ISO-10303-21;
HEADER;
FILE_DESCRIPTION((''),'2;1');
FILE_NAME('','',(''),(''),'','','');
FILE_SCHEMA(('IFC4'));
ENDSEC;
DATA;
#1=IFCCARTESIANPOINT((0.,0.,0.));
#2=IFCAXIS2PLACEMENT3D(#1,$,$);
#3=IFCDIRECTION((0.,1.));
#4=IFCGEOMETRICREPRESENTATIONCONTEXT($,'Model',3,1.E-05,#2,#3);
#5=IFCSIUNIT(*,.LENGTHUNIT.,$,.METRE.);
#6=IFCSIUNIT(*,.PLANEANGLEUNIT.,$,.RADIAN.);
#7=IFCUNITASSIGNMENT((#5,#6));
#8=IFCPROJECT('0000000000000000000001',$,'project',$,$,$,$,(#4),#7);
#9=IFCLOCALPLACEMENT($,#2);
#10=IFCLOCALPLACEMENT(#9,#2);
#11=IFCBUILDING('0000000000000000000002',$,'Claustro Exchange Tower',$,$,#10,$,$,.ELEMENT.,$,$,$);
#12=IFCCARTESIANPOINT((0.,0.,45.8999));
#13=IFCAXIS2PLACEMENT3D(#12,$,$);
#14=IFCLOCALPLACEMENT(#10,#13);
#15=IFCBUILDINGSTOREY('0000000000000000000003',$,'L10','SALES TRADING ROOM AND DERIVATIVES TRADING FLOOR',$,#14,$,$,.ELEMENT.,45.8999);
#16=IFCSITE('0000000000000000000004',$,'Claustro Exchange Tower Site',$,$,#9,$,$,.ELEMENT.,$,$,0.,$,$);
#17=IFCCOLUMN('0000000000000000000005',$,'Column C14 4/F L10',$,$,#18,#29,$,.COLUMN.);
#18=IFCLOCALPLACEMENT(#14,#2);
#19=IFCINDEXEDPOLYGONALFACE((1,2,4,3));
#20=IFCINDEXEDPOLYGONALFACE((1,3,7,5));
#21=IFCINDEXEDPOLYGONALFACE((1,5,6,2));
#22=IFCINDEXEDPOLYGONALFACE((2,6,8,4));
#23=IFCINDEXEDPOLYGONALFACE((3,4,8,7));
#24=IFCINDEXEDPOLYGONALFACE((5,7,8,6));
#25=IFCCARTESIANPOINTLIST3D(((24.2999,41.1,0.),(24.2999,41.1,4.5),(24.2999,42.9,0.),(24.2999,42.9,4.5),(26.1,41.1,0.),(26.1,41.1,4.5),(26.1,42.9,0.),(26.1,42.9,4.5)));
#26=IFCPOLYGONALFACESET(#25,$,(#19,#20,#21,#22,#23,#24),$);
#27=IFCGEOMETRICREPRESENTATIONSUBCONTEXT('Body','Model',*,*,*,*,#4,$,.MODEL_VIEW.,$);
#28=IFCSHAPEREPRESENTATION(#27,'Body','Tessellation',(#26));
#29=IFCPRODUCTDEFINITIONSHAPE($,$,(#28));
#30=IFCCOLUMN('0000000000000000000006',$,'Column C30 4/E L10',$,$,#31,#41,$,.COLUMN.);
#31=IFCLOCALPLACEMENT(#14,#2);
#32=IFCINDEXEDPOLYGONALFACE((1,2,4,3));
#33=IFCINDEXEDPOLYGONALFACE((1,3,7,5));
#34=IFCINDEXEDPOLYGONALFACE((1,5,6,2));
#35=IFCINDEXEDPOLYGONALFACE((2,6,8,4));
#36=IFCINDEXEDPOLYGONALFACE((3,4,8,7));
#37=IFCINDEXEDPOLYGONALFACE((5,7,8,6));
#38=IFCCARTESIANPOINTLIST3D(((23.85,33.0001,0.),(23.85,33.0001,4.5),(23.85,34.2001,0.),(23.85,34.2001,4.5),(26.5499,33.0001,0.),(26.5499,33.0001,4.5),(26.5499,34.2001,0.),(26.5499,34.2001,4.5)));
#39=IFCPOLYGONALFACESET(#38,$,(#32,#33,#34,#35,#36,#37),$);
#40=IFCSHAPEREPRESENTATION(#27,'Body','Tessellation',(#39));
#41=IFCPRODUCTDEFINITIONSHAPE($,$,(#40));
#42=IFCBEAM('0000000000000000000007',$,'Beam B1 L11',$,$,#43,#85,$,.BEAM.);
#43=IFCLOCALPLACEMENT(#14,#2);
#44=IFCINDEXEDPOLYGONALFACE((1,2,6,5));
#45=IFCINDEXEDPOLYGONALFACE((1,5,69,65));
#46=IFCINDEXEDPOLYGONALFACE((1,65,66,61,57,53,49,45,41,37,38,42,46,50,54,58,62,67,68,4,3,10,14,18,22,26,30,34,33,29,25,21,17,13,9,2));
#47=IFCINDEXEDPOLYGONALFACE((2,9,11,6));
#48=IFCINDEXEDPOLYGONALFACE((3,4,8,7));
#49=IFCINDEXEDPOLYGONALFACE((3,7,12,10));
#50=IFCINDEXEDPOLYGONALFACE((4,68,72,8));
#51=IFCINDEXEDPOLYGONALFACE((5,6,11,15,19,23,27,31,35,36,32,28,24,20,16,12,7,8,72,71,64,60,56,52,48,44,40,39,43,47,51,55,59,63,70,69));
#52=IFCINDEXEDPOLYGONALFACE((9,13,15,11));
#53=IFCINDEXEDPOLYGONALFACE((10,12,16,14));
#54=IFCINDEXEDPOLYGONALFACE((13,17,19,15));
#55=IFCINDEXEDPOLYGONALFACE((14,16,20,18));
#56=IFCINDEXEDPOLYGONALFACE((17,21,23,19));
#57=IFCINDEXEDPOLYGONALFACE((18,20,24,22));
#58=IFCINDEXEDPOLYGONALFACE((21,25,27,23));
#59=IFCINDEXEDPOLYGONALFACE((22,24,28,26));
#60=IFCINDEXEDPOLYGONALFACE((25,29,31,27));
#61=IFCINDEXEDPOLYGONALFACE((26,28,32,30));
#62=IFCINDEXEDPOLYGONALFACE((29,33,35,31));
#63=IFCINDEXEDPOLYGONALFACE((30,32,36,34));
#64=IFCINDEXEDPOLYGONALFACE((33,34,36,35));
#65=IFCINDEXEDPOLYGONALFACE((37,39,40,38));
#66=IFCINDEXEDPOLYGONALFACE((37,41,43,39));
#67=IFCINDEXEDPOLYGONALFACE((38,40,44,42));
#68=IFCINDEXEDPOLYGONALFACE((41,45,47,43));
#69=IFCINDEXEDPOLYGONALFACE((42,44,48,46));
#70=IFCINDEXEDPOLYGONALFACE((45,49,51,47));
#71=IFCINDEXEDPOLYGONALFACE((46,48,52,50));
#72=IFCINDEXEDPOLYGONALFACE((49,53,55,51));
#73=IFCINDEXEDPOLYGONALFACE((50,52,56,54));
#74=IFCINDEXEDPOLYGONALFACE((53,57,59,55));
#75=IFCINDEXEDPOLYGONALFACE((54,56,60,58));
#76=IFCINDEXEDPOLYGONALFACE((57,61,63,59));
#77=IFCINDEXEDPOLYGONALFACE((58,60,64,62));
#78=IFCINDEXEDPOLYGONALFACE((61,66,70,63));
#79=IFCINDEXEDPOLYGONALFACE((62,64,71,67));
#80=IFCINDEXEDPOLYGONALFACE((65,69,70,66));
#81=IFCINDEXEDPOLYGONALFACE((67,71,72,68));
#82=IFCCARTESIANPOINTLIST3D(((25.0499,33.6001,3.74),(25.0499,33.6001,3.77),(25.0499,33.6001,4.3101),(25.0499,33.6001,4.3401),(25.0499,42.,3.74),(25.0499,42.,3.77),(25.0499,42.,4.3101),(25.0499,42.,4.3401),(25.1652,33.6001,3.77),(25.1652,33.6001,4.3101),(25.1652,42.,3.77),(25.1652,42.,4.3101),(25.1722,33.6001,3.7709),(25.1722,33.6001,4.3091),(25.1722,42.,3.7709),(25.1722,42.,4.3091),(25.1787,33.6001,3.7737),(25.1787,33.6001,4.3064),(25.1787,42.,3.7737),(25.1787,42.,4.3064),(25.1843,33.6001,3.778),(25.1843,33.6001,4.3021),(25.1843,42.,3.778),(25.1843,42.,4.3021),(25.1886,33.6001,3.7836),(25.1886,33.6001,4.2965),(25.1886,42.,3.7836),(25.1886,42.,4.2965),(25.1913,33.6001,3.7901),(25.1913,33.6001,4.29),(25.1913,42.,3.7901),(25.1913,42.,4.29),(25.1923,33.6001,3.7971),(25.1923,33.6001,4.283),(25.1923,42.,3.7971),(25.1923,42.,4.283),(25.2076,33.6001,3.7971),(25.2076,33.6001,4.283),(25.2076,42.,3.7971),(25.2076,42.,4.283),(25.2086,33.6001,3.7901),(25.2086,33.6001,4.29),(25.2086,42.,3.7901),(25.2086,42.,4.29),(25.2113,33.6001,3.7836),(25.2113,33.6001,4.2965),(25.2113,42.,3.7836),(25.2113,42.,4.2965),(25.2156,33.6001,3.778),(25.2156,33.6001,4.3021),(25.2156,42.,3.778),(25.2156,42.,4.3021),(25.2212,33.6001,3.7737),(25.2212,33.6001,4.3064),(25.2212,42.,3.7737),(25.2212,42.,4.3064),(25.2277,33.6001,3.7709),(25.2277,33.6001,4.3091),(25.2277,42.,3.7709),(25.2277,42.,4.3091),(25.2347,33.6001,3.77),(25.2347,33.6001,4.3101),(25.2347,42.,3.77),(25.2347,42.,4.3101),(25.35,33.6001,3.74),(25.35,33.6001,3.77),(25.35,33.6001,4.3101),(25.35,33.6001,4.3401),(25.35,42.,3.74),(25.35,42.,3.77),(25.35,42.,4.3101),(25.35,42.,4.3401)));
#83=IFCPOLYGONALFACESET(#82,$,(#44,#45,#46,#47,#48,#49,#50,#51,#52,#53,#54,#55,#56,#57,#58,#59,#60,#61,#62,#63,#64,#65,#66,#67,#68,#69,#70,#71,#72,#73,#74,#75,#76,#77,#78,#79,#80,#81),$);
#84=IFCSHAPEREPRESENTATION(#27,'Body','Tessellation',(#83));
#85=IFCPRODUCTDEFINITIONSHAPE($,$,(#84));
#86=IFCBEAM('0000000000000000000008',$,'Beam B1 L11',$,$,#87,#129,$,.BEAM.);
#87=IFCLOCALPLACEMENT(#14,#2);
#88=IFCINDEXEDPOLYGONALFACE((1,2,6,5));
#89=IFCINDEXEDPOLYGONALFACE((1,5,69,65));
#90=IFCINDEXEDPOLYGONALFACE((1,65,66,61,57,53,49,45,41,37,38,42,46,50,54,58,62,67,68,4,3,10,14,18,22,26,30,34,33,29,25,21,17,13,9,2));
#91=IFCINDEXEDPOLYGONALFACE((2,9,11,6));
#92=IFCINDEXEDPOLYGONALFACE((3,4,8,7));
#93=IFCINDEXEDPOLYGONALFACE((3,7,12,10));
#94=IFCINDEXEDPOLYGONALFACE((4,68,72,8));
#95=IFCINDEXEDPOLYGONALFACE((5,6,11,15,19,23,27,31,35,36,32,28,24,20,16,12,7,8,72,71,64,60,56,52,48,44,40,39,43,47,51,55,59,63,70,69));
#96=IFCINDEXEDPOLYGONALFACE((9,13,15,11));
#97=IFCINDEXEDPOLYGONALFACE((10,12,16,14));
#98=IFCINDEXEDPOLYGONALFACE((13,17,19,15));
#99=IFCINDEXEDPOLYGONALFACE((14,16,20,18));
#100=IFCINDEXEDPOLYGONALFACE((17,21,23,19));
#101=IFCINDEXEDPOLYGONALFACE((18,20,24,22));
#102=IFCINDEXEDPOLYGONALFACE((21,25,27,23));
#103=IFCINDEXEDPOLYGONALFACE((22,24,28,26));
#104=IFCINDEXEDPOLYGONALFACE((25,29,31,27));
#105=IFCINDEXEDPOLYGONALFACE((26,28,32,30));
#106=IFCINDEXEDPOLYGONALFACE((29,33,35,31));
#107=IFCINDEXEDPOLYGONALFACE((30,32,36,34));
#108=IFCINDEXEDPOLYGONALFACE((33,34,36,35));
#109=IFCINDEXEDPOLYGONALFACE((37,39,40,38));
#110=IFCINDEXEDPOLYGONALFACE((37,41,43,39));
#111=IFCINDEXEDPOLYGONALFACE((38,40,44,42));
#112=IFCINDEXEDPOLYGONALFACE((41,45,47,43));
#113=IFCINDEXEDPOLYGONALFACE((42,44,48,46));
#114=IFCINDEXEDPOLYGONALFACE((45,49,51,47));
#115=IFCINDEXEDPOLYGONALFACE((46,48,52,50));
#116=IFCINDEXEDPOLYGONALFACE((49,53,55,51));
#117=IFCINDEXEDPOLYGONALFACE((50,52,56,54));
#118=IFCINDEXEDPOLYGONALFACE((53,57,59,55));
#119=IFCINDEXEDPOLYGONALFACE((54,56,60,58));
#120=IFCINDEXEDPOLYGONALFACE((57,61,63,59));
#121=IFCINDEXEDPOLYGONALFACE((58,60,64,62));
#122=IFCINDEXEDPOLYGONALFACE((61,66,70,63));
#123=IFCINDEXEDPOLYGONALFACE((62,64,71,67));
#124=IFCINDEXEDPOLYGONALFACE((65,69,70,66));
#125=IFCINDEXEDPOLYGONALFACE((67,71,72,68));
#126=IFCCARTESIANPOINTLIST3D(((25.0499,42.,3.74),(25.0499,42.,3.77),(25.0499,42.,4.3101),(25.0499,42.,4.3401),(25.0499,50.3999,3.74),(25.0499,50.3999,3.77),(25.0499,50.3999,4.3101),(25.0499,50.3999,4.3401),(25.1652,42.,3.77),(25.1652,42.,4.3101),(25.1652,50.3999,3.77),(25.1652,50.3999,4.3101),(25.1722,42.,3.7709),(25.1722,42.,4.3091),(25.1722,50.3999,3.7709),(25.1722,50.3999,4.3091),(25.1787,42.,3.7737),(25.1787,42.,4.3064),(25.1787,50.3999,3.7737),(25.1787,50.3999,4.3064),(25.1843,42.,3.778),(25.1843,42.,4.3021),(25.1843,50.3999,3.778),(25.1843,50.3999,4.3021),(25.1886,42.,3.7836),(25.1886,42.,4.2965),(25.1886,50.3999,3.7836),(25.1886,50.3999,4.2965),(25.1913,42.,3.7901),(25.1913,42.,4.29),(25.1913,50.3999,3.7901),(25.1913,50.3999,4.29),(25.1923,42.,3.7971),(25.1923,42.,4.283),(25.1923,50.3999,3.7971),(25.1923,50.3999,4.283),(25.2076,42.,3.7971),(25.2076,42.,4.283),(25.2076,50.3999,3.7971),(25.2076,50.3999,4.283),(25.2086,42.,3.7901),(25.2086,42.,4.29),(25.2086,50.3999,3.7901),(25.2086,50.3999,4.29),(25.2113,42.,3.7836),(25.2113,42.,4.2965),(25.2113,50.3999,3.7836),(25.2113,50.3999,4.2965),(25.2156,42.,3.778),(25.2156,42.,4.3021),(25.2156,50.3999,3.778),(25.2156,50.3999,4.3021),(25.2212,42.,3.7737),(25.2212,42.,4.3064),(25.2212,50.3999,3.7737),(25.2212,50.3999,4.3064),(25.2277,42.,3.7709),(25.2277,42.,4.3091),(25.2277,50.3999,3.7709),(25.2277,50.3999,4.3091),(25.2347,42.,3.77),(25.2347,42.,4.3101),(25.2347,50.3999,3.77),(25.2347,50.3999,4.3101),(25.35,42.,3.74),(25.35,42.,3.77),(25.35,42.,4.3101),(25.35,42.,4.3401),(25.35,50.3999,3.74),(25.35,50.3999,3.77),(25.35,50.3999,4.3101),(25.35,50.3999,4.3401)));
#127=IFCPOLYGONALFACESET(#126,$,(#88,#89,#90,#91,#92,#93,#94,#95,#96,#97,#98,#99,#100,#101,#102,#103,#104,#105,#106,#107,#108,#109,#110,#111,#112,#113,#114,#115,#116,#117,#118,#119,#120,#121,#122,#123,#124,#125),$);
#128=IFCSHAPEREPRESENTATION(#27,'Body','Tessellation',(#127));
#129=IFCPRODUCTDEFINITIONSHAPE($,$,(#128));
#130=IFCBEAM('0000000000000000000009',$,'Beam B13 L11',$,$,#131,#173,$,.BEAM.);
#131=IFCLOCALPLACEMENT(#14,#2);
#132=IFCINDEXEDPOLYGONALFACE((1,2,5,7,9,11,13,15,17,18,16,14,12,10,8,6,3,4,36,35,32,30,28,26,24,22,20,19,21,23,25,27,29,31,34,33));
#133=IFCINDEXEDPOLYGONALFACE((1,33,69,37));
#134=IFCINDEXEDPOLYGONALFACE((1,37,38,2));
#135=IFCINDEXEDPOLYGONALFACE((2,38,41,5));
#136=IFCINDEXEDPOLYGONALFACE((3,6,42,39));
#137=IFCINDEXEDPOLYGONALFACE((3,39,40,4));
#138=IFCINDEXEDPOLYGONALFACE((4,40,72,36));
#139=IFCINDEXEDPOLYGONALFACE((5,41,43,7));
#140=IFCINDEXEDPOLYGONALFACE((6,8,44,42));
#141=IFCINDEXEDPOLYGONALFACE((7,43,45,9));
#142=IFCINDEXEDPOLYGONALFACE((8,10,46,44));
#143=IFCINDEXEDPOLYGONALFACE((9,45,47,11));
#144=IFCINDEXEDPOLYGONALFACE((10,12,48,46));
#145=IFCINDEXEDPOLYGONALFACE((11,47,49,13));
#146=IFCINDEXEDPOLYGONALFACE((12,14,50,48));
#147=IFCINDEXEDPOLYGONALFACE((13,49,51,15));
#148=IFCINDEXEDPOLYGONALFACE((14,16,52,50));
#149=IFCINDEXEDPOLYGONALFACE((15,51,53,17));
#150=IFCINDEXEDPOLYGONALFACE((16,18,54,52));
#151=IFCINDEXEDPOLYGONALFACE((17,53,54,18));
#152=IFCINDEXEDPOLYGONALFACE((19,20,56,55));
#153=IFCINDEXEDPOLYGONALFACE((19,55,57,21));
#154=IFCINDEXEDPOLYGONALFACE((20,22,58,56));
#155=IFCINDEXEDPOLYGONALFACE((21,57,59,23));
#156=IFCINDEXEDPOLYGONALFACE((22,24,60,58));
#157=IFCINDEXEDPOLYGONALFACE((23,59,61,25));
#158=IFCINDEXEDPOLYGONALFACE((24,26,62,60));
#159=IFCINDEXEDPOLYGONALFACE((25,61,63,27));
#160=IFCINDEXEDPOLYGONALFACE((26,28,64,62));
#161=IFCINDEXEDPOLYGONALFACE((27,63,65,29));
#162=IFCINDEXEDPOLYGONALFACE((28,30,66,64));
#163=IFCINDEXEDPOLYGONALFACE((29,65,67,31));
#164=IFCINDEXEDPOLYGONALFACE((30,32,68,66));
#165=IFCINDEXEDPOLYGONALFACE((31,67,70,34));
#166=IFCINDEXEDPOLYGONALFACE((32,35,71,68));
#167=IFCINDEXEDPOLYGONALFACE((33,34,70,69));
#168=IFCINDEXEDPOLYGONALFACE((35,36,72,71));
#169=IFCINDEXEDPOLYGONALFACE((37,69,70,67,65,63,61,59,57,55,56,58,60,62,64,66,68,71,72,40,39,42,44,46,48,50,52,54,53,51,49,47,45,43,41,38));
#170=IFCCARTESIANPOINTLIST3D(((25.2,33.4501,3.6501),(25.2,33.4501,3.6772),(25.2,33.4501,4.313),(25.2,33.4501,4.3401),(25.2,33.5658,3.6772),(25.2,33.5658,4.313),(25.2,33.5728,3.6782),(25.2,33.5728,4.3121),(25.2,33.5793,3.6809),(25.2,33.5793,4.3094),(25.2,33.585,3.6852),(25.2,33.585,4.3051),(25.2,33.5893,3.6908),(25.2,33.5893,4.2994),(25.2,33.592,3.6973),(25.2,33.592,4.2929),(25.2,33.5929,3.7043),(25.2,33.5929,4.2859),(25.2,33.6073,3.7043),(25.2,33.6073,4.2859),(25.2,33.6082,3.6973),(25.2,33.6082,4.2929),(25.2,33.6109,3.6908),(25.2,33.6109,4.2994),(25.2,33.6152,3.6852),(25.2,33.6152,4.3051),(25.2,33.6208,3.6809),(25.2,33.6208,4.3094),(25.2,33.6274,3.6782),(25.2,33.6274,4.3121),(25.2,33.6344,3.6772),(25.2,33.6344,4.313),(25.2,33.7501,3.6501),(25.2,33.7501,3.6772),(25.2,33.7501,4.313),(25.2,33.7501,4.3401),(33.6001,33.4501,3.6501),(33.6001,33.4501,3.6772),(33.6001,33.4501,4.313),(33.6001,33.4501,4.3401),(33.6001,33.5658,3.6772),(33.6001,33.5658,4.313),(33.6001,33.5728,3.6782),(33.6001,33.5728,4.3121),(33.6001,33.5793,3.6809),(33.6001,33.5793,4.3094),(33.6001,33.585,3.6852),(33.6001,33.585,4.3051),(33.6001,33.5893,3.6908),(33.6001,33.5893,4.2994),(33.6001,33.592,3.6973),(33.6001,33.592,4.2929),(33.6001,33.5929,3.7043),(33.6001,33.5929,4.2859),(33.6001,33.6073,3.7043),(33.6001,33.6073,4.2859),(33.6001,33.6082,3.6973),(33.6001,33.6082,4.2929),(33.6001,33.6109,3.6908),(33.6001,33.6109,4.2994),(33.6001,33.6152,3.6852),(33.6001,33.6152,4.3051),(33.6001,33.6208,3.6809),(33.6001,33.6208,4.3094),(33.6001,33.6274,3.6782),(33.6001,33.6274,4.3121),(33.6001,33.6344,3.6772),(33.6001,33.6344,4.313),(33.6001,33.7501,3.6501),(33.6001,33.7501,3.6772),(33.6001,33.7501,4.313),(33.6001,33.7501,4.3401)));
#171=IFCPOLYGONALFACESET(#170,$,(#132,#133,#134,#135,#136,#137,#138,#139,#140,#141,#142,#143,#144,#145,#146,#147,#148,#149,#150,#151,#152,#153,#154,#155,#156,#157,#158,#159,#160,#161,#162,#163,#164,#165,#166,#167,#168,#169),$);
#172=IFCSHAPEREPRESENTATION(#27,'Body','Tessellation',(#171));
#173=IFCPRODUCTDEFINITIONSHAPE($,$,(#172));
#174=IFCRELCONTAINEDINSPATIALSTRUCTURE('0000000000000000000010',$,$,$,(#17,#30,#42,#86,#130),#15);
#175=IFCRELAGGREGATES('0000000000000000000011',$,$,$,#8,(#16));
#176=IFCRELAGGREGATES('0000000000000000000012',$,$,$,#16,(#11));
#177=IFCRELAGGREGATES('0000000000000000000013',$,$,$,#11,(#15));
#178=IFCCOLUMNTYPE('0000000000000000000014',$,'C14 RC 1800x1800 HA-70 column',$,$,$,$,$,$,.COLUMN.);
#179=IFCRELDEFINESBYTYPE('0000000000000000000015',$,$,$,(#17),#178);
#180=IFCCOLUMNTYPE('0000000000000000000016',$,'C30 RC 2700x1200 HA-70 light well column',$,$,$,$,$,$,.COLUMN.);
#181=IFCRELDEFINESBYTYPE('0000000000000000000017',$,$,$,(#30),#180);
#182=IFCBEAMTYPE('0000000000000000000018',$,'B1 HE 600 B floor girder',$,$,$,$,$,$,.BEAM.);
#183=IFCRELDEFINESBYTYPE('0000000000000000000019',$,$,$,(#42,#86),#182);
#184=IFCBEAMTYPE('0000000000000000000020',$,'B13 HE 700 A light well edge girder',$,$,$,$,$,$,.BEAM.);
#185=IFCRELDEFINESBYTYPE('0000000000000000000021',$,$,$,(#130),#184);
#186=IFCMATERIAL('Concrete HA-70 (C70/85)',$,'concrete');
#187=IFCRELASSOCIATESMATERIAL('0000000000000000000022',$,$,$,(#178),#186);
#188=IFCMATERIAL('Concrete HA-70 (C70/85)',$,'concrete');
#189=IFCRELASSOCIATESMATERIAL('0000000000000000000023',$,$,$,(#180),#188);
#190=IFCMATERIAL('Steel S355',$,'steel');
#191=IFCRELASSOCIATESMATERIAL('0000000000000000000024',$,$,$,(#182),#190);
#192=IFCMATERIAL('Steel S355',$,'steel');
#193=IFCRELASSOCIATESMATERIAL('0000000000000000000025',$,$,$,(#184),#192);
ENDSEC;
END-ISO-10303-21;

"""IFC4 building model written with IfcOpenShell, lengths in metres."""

from ifc_helpers import new_model, si_unit, direction, frame, origin, origin_2d, place, context, subcontext, project, spatial, rectangle, i_section, extrude, material, material_profile, profile_set, type_object, element, save


model = new_model("IFC4")

# Units and contexts
model_context = context("Model", 3, precision=1e-05, world=origin(), true_north=direction((0.0, 1.0)))
body_context = subcontext(model_context, "Body", "Model", "MODEL_VIEW")
ifc_project = project(units=[si_unit("LENGTHUNIT", "METRE"), si_unit("PLANEANGLEUNIT", "RADIAN")], contexts=[model_context])

# Site, building, storey
site_placement = place(None, origin())
site = spatial("IfcSite", under=ifc_project, at=site_placement, Name="Claustro Exchange Tower Site", CompositionType="ELEMENT", RefElevation=0.0)
building_placement = place(site_placement, origin())
building = spatial("IfcBuilding", under=site, at=building_placement, Name="Claustro Exchange Tower", CompositionType="ELEMENT")
storey_placement = place(building_placement, frame((0.0, 0.0, 45.8999)))
storey = spatial("IfcBuildingStorey", under=building, at=storey_placement, Name="L10", Description="SALES TRADING ROOM AND DERIVATIVES TRADING FLOOR", CompositionType="ELEMENT", Elevation=45.8999)

# Columns
ifc_material_1 = material(Name="Concrete HA-70 (C70/85)", Category="concrete")
ifc_material_profile_1 = material_profile(ifc_material_1, rectangle(XDim=1.8, YDim=1.8, at=origin_2d()), Name="RC 1800x1800")
ifc_profile_set_1 = profile_set([ifc_material_profile_1], Name="Concrete HA-70 (C70/85)")
column_type_1 = type_object("IfcColumnType", Name="C14 RC 1800x1800 HA-70 column", PredefinedType="COLUMN", material=ifc_profile_set_1)
column_1_placement = place(storey_placement, frame((25.2, 42.0, 0.0), z_axis=(0.0, 0.0, 1.0), x_axis=(1.0, 0.0, 0.0)))
element("IfcColumn", 1, at=column_1_placement, inside=storey, type_object=column_type_1, Name="Column C14 4/F L10", PredefinedType="COLUMN", context=body_context, shape_type="SweptSolid", body=[
    extrude(rectangle(XDim=1.8, YDim=1.8, at=origin_2d()), origin(), (0.0, 0.0, 1.0), 4.5),
])
ifc_material_2 = material(Name="Concrete HA-70 (C70/85)", Category="concrete")
ifc_material_profile_2 = material_profile(ifc_material_2, rectangle(XDim=2.7, YDim=1.2, at=origin_2d()), Name="RC 2700x1200")
ifc_profile_set_2 = profile_set([ifc_material_profile_2], Name="Concrete HA-70 (C70/85)")
column_type_2 = type_object("IfcColumnType", Name="C30 RC 2700x1200 HA-70 light well column", PredefinedType="COLUMN", material=ifc_profile_set_2)
column_2_placement = place(storey_placement, frame((25.2, 33.6001, 0.0), z_axis=(0.0, 0.0, 1.0), x_axis=(1.0, 0.0, 0.0)))
element("IfcColumn", 2, at=column_2_placement, inside=storey, type_object=column_type_2, Name="Column C30 4/E L10", PredefinedType="COLUMN", context=body_context, shape_type="SweptSolid", body=[
    extrude(rectangle(XDim=2.7, YDim=1.2, at=origin_2d()), origin(), (0.0, 0.0, 1.0), 4.5),
])

# Beams
ifc_material_3 = material(Name="Steel S355", Category="steel")
ifc_material_profile_3 = material_profile(ifc_material_3, i_section(OverallWidth=0.3, OverallDepth=0.6001, WebThickness=0.0154, FlangeThickness=0.03, FilletRadius=0.0271, at=origin_2d()), Name="HE 600 B")
ifc_profile_set_3 = profile_set([ifc_material_profile_3], Name="Steel S355")
beam_type_1 = type_object("IfcBeamType", Name="B1 HE 600 B floor girder", PredefinedType="BEAM", material=ifc_profile_set_3)
for number, where, z_axis, x_axis, name in (
    (3, (25.2, 33.6001, 4.04), (0.0, 1.0, 0.0), (-1.0, 0.0, 0.0), "Beam B1 L11"),
    (4, (25.2, 42.0, 4.04), (0.0, 1.0, 0.0), (-1.0, 0.0, 0.0), "Beam B1 L11"),
):
    element("IfcBeam", number, at=place(storey_placement, frame(where, z_axis=z_axis, x_axis=x_axis)), inside=storey, type_object=beam_type_1, Name=name, PredefinedType="BEAM", context=body_context, shape_type="SweptSolid", body=[
        extrude(i_section(OverallWidth=0.3, OverallDepth=0.6001, WebThickness=0.0154, FlangeThickness=0.03, FilletRadius=0.0271, at=origin_2d()), origin(), (0.0, 0.0, 1.0), 8.3999),
    ])
ifc_material_4 = material(Name="Steel S355", Category="steel")
ifc_material_profile_4 = material_profile(ifc_material_4, i_section(OverallWidth=0.3, OverallDepth=0.6899, WebThickness=0.0144, FlangeThickness=0.0271, FilletRadius=0.0271, at=origin_2d()), Name="HE 700 A")
ifc_profile_set_4 = profile_set([ifc_material_profile_4], Name="Steel S355")
beam_type_2 = type_object("IfcBeamType", Name="B13 HE 700 A light well edge girder", PredefinedType="BEAM", material=ifc_profile_set_4)
beam_1_placement = place(storey_placement, frame((25.2, 33.6001, 3.9951), z_axis=(1.0, 0.0, 0.0), x_axis=(0.0, 1.0, 0.0)))
element("IfcBeam", 5, at=beam_1_placement, inside=storey, type_object=beam_type_2, Name="Beam B13 L11", PredefinedType="BEAM", context=body_context, shape_type="SweptSolid", body=[
    extrude(i_section(OverallWidth=0.3, OverallDepth=0.6899, WebThickness=0.0144, FlangeThickness=0.0271, FilletRadius=0.0271, at=origin_2d()), origin(), (0.0, 0.0, 1.0), 8.4001),
])

save(model, "model.ifc")
